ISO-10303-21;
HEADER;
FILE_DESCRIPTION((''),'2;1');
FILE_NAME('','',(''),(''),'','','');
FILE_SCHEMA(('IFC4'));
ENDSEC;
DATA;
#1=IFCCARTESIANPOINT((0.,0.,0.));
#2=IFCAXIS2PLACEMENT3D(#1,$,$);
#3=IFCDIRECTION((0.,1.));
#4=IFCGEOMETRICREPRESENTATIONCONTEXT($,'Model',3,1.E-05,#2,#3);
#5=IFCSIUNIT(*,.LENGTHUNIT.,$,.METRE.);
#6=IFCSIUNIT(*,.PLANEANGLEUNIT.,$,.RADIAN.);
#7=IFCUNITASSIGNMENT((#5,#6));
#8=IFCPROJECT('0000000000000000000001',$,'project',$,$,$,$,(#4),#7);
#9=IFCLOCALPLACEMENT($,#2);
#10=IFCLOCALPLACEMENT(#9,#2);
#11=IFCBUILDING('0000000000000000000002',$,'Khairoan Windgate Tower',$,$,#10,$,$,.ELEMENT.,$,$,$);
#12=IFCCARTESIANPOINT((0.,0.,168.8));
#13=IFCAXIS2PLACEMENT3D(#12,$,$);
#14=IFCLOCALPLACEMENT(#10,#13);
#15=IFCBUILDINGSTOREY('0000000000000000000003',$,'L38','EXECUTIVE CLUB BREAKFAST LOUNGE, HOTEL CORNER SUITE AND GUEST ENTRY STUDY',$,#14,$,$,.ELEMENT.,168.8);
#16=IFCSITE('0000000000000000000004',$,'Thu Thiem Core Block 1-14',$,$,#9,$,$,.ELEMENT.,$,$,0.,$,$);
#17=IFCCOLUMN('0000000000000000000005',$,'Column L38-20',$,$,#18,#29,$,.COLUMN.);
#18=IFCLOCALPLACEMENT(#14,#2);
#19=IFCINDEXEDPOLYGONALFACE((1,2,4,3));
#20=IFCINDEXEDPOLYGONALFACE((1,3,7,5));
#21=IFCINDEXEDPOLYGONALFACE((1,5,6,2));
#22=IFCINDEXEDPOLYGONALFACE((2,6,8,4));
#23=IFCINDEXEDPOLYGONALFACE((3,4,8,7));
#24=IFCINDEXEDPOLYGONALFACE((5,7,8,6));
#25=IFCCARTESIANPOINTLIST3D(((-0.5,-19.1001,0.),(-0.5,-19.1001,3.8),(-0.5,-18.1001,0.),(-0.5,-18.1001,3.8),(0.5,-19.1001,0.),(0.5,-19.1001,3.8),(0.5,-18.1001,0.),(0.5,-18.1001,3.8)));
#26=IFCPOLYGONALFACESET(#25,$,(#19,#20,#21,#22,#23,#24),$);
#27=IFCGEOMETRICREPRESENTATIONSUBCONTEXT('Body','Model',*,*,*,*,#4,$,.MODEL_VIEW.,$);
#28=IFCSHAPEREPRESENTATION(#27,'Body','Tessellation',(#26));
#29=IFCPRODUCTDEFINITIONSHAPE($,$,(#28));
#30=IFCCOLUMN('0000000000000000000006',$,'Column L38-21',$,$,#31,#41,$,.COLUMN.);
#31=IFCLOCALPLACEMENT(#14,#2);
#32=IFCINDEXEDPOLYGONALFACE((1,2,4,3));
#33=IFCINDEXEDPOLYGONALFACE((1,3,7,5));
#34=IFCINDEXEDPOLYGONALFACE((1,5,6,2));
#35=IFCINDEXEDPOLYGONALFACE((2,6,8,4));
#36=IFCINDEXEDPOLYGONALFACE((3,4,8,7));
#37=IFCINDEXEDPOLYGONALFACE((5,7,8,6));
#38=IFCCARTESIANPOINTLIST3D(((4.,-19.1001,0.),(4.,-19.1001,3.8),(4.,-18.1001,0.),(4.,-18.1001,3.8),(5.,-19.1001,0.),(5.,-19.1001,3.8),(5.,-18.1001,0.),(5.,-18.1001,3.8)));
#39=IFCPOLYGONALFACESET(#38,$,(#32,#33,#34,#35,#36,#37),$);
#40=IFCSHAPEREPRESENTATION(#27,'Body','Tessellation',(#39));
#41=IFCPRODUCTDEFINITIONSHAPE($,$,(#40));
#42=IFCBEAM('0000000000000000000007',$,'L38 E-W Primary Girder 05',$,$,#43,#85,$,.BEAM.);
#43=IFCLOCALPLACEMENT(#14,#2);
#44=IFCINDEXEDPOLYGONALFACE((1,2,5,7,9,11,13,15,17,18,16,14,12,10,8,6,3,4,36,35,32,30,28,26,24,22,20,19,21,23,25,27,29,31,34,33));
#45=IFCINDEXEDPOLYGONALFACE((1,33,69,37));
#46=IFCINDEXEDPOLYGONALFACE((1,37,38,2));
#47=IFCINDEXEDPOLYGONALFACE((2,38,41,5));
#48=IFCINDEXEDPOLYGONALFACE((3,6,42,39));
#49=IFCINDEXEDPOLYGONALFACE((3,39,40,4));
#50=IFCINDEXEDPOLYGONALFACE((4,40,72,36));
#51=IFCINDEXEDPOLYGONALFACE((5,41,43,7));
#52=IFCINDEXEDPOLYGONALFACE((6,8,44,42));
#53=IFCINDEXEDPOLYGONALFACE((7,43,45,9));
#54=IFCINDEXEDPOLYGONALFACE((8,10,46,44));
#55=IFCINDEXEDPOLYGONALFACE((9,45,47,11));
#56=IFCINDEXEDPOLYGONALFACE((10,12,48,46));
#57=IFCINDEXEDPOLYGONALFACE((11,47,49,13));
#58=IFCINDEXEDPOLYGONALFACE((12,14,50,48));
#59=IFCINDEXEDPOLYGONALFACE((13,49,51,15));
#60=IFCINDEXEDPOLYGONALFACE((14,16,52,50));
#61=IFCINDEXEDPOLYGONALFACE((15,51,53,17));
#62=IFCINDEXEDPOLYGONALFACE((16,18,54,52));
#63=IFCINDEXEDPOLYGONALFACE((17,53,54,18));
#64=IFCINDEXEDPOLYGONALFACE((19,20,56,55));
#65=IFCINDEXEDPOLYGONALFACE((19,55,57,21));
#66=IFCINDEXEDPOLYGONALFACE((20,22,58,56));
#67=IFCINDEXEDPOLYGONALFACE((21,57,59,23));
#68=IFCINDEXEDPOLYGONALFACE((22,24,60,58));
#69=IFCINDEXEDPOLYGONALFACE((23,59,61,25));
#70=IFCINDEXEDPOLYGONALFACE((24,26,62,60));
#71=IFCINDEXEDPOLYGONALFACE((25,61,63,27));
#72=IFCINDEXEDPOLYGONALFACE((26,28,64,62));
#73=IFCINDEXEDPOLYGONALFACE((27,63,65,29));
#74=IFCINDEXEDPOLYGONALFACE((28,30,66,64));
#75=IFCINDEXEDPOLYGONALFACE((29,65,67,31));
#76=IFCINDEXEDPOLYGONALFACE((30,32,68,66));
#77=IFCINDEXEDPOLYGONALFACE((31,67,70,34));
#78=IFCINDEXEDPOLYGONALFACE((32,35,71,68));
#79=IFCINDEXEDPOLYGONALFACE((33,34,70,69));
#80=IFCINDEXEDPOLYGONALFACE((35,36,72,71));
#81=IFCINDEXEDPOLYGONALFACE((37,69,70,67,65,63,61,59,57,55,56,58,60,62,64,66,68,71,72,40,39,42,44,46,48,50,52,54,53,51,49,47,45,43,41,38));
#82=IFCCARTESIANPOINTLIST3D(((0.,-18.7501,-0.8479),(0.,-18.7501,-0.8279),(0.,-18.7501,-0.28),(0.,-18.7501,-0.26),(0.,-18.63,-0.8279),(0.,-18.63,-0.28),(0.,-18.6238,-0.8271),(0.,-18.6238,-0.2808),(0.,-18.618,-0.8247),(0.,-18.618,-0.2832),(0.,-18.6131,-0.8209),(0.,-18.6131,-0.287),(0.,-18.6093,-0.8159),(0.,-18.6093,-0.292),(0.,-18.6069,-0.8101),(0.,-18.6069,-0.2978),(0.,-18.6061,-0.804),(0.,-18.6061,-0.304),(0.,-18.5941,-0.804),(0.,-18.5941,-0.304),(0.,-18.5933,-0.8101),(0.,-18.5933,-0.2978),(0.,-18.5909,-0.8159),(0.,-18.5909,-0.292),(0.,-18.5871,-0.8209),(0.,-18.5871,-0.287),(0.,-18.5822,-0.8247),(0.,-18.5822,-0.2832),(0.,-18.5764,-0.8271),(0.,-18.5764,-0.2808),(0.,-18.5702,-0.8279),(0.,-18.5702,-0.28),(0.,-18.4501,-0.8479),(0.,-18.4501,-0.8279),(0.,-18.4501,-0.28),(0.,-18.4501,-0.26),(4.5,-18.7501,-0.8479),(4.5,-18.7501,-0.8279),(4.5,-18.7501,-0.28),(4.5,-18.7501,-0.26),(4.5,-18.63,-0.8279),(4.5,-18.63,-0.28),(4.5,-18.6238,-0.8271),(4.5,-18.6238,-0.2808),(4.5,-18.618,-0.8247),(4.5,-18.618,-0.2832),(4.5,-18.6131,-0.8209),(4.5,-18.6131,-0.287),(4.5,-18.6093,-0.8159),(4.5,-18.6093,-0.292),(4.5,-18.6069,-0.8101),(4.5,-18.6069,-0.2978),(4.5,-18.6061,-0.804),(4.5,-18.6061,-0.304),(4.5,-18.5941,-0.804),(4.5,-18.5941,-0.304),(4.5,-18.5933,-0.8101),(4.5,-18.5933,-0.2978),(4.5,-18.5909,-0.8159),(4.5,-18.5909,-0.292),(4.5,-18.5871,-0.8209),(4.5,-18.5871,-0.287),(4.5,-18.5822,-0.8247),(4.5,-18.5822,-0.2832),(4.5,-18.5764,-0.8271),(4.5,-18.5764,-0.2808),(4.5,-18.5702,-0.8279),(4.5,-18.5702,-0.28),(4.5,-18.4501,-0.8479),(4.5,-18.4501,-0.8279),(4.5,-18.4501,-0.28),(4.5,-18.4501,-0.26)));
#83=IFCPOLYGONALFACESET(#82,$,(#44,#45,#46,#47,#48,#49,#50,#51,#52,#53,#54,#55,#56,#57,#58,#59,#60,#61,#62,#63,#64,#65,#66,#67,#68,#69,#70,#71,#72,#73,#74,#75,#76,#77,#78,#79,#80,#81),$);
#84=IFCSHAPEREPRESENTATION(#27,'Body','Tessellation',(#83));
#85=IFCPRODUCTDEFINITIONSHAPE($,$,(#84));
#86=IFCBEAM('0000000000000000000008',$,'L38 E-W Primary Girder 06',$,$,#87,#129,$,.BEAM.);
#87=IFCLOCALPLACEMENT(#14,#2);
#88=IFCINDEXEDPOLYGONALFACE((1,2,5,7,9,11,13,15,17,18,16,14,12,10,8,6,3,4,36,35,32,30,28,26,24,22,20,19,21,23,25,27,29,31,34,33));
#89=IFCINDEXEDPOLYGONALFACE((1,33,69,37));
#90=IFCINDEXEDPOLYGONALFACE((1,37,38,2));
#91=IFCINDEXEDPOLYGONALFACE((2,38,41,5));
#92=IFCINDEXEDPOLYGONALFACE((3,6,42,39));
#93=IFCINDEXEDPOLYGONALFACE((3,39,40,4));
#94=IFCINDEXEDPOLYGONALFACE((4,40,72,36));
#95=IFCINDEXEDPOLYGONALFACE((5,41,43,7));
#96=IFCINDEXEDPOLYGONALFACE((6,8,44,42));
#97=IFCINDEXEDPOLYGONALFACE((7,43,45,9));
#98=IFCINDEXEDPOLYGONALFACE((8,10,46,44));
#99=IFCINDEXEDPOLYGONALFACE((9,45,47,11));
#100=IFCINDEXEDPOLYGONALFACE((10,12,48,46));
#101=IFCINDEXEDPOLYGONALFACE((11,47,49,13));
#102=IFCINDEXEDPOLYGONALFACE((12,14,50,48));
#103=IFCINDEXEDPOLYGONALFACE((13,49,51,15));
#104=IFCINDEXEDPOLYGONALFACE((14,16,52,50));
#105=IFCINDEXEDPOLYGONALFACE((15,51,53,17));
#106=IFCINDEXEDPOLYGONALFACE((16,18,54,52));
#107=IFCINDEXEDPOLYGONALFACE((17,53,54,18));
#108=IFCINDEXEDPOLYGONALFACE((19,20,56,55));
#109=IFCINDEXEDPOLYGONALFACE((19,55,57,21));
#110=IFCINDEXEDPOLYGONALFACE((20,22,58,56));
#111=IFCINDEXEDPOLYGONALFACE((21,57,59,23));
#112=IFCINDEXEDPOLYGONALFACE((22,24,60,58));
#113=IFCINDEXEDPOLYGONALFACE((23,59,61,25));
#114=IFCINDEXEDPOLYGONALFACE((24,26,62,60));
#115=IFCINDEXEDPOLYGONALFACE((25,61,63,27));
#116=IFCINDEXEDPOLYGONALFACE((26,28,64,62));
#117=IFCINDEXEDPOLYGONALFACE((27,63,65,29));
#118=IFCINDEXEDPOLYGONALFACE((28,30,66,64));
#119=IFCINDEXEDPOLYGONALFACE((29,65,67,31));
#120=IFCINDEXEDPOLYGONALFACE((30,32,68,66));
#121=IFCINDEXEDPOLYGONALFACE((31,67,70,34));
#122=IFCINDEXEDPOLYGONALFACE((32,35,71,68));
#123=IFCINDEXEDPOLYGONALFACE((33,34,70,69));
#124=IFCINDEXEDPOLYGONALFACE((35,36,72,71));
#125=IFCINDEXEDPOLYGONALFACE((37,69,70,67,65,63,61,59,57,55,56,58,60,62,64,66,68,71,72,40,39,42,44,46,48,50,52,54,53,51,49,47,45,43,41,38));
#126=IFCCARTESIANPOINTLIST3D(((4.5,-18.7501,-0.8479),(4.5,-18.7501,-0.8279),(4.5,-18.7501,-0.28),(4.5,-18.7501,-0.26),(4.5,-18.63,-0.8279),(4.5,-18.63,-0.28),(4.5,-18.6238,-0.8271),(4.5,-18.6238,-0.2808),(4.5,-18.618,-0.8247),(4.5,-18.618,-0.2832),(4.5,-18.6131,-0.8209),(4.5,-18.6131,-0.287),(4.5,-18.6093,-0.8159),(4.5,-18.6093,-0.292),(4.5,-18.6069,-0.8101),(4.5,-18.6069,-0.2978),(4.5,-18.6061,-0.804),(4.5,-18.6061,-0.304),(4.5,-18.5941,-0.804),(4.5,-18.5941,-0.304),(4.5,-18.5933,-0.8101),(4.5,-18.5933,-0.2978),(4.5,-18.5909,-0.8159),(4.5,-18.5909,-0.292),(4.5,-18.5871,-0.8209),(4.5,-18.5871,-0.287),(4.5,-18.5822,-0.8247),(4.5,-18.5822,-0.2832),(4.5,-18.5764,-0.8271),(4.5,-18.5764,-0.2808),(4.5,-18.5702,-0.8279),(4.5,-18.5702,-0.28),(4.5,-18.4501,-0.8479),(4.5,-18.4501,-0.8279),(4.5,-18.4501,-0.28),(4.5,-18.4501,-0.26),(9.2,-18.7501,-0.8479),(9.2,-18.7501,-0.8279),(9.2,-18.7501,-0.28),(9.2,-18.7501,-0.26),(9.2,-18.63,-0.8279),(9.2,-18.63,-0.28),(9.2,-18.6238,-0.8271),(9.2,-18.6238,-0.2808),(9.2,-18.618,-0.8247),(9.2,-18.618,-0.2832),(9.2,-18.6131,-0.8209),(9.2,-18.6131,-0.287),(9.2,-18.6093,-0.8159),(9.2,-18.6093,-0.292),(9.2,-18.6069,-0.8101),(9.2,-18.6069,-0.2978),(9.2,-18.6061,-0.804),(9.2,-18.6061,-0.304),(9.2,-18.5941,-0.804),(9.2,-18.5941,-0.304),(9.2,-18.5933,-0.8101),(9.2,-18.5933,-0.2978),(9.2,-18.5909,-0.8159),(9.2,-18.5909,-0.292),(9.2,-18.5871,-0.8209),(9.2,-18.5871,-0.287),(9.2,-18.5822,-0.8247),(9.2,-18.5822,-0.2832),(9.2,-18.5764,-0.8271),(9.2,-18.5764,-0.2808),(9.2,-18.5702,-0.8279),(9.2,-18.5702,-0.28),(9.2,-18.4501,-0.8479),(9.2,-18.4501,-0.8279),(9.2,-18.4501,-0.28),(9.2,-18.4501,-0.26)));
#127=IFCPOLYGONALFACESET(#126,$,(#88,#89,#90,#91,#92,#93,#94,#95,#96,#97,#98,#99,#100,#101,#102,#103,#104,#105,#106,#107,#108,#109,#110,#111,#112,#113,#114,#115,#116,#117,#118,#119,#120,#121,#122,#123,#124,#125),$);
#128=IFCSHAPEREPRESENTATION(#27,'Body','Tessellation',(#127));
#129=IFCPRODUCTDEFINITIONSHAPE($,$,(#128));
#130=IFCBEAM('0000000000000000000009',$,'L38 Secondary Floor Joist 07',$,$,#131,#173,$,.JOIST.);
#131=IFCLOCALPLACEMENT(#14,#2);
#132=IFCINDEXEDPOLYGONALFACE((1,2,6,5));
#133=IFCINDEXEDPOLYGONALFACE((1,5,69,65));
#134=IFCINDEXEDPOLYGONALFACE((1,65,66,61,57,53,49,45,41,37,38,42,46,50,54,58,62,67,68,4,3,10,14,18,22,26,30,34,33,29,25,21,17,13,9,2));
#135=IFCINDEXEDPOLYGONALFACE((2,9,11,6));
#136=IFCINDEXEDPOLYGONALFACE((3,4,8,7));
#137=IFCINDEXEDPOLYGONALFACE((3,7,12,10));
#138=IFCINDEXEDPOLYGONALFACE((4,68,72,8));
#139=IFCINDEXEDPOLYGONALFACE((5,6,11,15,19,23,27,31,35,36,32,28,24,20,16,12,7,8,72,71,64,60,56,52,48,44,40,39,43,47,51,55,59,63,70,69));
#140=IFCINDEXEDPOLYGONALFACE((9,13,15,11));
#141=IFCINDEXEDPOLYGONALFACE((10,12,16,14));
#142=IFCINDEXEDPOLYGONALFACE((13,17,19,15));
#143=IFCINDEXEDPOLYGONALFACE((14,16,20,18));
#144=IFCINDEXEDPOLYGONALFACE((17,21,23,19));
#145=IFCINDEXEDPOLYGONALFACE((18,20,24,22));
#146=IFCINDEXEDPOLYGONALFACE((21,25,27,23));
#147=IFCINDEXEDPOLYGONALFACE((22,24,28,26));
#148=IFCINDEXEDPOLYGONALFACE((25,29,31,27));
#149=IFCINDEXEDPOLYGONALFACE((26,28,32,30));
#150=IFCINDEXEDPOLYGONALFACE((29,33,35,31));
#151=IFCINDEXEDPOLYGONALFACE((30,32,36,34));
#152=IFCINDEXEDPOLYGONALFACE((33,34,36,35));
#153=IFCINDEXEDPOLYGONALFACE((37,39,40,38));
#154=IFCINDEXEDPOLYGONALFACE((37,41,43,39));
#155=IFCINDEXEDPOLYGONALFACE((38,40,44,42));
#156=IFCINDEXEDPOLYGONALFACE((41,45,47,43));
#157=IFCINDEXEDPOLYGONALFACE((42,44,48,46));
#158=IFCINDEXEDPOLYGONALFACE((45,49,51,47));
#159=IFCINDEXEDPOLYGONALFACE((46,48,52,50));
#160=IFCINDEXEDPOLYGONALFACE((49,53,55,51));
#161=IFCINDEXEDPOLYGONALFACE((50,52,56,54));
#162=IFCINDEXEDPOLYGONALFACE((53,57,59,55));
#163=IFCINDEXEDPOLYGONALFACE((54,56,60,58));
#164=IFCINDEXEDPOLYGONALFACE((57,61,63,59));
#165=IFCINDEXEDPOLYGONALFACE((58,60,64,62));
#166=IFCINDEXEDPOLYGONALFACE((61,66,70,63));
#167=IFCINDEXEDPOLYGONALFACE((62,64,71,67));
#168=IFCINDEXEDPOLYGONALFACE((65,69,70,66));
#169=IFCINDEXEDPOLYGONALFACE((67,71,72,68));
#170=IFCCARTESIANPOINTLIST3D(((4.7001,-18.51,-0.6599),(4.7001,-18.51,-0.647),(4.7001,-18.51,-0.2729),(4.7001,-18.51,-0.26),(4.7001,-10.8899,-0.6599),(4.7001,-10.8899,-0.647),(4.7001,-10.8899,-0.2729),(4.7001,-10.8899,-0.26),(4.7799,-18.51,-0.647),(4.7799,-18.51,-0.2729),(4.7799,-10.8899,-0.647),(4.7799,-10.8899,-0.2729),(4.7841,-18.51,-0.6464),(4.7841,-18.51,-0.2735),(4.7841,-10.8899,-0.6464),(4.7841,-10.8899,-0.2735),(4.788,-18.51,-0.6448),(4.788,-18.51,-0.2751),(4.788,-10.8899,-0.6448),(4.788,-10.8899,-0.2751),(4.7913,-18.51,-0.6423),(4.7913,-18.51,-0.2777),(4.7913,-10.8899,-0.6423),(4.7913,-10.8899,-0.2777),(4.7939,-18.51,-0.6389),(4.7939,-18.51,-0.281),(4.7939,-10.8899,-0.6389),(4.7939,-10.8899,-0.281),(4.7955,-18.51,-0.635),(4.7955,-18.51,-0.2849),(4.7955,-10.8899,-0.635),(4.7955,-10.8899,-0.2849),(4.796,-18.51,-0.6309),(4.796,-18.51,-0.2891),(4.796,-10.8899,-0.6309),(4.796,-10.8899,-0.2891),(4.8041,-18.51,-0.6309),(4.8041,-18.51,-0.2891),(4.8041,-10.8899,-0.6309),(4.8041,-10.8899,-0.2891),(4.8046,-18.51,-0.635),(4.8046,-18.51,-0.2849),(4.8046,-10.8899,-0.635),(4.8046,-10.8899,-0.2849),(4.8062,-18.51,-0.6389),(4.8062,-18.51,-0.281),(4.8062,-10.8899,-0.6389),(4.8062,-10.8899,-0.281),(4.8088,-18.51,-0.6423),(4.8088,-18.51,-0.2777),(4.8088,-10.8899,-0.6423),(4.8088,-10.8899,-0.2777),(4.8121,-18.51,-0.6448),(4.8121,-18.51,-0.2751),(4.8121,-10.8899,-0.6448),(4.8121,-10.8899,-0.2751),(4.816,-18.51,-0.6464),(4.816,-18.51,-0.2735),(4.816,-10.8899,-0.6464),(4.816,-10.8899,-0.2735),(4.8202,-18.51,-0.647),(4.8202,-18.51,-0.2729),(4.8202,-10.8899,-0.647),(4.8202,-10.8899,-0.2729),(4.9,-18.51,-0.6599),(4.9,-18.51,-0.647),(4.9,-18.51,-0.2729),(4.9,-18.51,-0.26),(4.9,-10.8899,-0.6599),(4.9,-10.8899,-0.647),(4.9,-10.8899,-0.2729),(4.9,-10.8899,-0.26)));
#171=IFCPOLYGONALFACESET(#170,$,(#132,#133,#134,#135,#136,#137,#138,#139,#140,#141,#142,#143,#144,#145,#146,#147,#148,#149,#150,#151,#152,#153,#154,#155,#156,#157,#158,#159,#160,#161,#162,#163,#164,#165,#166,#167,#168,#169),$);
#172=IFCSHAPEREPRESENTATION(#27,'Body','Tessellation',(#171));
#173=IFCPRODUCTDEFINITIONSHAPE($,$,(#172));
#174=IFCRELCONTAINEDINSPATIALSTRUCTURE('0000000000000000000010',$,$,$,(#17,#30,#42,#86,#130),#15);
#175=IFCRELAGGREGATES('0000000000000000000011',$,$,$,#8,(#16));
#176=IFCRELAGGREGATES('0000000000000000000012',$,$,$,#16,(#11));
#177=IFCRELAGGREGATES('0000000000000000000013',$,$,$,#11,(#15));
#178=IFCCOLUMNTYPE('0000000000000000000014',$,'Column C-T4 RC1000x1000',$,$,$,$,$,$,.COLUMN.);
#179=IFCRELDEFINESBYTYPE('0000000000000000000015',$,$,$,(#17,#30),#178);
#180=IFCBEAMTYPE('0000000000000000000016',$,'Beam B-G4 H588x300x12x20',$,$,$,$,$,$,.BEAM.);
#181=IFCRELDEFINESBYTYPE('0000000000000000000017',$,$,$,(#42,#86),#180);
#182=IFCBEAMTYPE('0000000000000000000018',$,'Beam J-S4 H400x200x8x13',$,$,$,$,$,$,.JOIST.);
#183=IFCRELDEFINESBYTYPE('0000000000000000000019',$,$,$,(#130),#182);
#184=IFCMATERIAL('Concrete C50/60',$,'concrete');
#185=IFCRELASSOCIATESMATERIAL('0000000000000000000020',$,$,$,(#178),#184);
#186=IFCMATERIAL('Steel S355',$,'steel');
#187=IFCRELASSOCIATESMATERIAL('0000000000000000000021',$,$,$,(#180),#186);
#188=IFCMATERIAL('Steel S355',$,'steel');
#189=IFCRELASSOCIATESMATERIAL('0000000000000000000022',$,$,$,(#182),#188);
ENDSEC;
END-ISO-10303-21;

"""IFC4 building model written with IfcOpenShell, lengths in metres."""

from ifc_helpers import new_model, si_unit, direction, frame, origin, origin_2d, place, context, subcontext, project, spatial, rectangle, i_section, extrude, material, material_profile, profile_set, type_object, element, save


model = new_model("IFC4")

# Units and contexts
model_context = context("Model", 3, precision=1e-05, world=origin(), true_north=direction((0.0, 1.0)))
body_context = subcontext(model_context, "Body", "Model", "MODEL_VIEW")
ifc_project = project(units=[si_unit("LENGTHUNIT", "METRE"), si_unit("PLANEANGLEUNIT", "RADIAN")], contexts=[model_context])

# Site, building, storey
site_placement = place(None, origin())
site = spatial("IfcSite", under=ifc_project, at=site_placement, Name="Thu Thiem Core Block 1-14", CompositionType="ELEMENT", RefElevation=0.0)
building_placement = place(site_placement, origin())
building = spatial("IfcBuilding", under=site, at=building_placement, Name="Khairoan Windgate Tower", CompositionType="ELEMENT")
storey_placement = place(building_placement, frame((0.0, 0.0, 168.8)))
storey = spatial("IfcBuildingStorey", under=building, at=storey_placement, Name="L38", Description="EXECUTIVE CLUB BREAKFAST LOUNGE, HOTEL CORNER SUITE AND GUEST ENTRY STUDY", CompositionType="ELEMENT", Elevation=168.8)

# Columns
ifc_material_1 = material(Name="Concrete C50/60", Category="concrete")
ifc_material_profile_1 = material_profile(ifc_material_1, rectangle(XDim=1.0, YDim=1.0, at=origin_2d()))
ifc_profile_set_1 = profile_set([ifc_material_profile_1], Name="Concrete C50/60")
column_type = type_object("IfcColumnType", Name="Column C-T4 RC1000x1000", PredefinedType="COLUMN", material=ifc_profile_set_1)
for number, where, z_axis, x_axis, name in (
    (1, (0.0, -18.6001, 0.0), (0.0, 0.0, 1.0), (1.0, 0.0, 0.0), "Column L38-20"),
    (2, (4.5, -18.6001, 0.0), (0.0, 0.0, 1.0), (1.0, 0.0, 0.0), "Column L38-21"),
):
    element("IfcColumn", number, at=place(storey_placement, frame(where, z_axis=z_axis, x_axis=x_axis)), inside=storey, type_object=column_type, Name=name, PredefinedType="COLUMN", context=body_context, shape_type="SweptSolid", body=[
        extrude(rectangle(XDim=1.0, YDim=1.0, at=origin_2d()), origin(), (0.0, 0.0, 1.0), 3.8),
    ])

# Beams
ifc_material_2 = material(Name="Steel S355", Category="steel")
ifc_material_profile_2 = material_profile(ifc_material_2, i_section(OverallWidth=0.3, OverallDepth=0.5879, WebThickness=0.012, FlangeThickness=0.02, FilletRadius=0.0239, at=origin_2d()))
ifc_profile_set_2 = profile_set([ifc_material_profile_2], Name="Steel S355")
beam_type_1 = type_object("IfcBeamType", Name="Beam B-G4 H588x300x12x20", PredefinedType="BEAM", material=ifc_profile_set_2)
beam_1_placement = place(storey_placement, frame((0.0, -18.6001, -0.554), z_axis=(1.0, 0.0, 0.0), x_axis=(0.0, 1.0, 0.0)))
element("IfcBeam", 3, at=beam_1_placement, inside=storey, type_object=beam_type_1, Name="L38 E-W Primary Girder 05", PredefinedType="BEAM", context=body_context, shape_type="SweptSolid", body=[
    extrude(i_section(OverallWidth=0.3, OverallDepth=0.5879, WebThickness=0.012, FlangeThickness=0.02, FilletRadius=0.0239, at=origin_2d()), origin(), (0.0, 0.0, 1.0), 4.5),
])
beam_2_placement = place(storey_placement, frame((4.5, -18.6001, -0.554), z_axis=(1.0, 0.0, 0.0), x_axis=(0.0, 1.0, 0.0)))
element("IfcBeam", 4, at=beam_2_placement, inside=storey, type_object=beam_type_1, Name="L38 E-W Primary Girder 06", PredefinedType="BEAM", context=body_context, shape_type="SweptSolid", body=[
    extrude(i_section(OverallWidth=0.3, OverallDepth=0.5879, WebThickness=0.012, FlangeThickness=0.02, FilletRadius=0.0239, at=origin_2d()), origin(), (0.0, 0.0, 1.0), 4.7),
])
ifc_material_3 = material(Name="Steel S355", Category="steel")
ifc_material_profile_3 = material_profile(ifc_material_3, i_section(OverallWidth=0.2, OverallDepth=0.3999, WebThickness=0.0081, FlangeThickness=0.0129, FilletRadius=0.0161, at=origin_2d()))
ifc_profile_set_3 = profile_set([ifc_material_profile_3], Name="Steel S355")
beam_type_2 = type_object("IfcBeamType", Name="Beam J-S4 H400x200x8x13", PredefinedType="JOIST", material=ifc_profile_set_3)
beam_3_placement = place(storey_placement, frame((4.8, -18.51, -0.46), z_axis=(0.0, 1.0, 0.0), x_axis=(-1.0, 0.0, 0.0)))
element("IfcBeam", 5, at=beam_3_placement, inside=storey, type_object=beam_type_2, Name="L38 Secondary Floor Joist 07", PredefinedType="JOIST", context=body_context, shape_type="SweptSolid", body=[
    extrude(i_section(OverallWidth=0.2, OverallDepth=0.3999, WebThickness=0.0081, FlangeThickness=0.0129, FilletRadius=0.0161, at=origin_2d()), origin(), (0.0, 0.0, 1.0), 7.6201),
])

save(model, "model.ifc")
